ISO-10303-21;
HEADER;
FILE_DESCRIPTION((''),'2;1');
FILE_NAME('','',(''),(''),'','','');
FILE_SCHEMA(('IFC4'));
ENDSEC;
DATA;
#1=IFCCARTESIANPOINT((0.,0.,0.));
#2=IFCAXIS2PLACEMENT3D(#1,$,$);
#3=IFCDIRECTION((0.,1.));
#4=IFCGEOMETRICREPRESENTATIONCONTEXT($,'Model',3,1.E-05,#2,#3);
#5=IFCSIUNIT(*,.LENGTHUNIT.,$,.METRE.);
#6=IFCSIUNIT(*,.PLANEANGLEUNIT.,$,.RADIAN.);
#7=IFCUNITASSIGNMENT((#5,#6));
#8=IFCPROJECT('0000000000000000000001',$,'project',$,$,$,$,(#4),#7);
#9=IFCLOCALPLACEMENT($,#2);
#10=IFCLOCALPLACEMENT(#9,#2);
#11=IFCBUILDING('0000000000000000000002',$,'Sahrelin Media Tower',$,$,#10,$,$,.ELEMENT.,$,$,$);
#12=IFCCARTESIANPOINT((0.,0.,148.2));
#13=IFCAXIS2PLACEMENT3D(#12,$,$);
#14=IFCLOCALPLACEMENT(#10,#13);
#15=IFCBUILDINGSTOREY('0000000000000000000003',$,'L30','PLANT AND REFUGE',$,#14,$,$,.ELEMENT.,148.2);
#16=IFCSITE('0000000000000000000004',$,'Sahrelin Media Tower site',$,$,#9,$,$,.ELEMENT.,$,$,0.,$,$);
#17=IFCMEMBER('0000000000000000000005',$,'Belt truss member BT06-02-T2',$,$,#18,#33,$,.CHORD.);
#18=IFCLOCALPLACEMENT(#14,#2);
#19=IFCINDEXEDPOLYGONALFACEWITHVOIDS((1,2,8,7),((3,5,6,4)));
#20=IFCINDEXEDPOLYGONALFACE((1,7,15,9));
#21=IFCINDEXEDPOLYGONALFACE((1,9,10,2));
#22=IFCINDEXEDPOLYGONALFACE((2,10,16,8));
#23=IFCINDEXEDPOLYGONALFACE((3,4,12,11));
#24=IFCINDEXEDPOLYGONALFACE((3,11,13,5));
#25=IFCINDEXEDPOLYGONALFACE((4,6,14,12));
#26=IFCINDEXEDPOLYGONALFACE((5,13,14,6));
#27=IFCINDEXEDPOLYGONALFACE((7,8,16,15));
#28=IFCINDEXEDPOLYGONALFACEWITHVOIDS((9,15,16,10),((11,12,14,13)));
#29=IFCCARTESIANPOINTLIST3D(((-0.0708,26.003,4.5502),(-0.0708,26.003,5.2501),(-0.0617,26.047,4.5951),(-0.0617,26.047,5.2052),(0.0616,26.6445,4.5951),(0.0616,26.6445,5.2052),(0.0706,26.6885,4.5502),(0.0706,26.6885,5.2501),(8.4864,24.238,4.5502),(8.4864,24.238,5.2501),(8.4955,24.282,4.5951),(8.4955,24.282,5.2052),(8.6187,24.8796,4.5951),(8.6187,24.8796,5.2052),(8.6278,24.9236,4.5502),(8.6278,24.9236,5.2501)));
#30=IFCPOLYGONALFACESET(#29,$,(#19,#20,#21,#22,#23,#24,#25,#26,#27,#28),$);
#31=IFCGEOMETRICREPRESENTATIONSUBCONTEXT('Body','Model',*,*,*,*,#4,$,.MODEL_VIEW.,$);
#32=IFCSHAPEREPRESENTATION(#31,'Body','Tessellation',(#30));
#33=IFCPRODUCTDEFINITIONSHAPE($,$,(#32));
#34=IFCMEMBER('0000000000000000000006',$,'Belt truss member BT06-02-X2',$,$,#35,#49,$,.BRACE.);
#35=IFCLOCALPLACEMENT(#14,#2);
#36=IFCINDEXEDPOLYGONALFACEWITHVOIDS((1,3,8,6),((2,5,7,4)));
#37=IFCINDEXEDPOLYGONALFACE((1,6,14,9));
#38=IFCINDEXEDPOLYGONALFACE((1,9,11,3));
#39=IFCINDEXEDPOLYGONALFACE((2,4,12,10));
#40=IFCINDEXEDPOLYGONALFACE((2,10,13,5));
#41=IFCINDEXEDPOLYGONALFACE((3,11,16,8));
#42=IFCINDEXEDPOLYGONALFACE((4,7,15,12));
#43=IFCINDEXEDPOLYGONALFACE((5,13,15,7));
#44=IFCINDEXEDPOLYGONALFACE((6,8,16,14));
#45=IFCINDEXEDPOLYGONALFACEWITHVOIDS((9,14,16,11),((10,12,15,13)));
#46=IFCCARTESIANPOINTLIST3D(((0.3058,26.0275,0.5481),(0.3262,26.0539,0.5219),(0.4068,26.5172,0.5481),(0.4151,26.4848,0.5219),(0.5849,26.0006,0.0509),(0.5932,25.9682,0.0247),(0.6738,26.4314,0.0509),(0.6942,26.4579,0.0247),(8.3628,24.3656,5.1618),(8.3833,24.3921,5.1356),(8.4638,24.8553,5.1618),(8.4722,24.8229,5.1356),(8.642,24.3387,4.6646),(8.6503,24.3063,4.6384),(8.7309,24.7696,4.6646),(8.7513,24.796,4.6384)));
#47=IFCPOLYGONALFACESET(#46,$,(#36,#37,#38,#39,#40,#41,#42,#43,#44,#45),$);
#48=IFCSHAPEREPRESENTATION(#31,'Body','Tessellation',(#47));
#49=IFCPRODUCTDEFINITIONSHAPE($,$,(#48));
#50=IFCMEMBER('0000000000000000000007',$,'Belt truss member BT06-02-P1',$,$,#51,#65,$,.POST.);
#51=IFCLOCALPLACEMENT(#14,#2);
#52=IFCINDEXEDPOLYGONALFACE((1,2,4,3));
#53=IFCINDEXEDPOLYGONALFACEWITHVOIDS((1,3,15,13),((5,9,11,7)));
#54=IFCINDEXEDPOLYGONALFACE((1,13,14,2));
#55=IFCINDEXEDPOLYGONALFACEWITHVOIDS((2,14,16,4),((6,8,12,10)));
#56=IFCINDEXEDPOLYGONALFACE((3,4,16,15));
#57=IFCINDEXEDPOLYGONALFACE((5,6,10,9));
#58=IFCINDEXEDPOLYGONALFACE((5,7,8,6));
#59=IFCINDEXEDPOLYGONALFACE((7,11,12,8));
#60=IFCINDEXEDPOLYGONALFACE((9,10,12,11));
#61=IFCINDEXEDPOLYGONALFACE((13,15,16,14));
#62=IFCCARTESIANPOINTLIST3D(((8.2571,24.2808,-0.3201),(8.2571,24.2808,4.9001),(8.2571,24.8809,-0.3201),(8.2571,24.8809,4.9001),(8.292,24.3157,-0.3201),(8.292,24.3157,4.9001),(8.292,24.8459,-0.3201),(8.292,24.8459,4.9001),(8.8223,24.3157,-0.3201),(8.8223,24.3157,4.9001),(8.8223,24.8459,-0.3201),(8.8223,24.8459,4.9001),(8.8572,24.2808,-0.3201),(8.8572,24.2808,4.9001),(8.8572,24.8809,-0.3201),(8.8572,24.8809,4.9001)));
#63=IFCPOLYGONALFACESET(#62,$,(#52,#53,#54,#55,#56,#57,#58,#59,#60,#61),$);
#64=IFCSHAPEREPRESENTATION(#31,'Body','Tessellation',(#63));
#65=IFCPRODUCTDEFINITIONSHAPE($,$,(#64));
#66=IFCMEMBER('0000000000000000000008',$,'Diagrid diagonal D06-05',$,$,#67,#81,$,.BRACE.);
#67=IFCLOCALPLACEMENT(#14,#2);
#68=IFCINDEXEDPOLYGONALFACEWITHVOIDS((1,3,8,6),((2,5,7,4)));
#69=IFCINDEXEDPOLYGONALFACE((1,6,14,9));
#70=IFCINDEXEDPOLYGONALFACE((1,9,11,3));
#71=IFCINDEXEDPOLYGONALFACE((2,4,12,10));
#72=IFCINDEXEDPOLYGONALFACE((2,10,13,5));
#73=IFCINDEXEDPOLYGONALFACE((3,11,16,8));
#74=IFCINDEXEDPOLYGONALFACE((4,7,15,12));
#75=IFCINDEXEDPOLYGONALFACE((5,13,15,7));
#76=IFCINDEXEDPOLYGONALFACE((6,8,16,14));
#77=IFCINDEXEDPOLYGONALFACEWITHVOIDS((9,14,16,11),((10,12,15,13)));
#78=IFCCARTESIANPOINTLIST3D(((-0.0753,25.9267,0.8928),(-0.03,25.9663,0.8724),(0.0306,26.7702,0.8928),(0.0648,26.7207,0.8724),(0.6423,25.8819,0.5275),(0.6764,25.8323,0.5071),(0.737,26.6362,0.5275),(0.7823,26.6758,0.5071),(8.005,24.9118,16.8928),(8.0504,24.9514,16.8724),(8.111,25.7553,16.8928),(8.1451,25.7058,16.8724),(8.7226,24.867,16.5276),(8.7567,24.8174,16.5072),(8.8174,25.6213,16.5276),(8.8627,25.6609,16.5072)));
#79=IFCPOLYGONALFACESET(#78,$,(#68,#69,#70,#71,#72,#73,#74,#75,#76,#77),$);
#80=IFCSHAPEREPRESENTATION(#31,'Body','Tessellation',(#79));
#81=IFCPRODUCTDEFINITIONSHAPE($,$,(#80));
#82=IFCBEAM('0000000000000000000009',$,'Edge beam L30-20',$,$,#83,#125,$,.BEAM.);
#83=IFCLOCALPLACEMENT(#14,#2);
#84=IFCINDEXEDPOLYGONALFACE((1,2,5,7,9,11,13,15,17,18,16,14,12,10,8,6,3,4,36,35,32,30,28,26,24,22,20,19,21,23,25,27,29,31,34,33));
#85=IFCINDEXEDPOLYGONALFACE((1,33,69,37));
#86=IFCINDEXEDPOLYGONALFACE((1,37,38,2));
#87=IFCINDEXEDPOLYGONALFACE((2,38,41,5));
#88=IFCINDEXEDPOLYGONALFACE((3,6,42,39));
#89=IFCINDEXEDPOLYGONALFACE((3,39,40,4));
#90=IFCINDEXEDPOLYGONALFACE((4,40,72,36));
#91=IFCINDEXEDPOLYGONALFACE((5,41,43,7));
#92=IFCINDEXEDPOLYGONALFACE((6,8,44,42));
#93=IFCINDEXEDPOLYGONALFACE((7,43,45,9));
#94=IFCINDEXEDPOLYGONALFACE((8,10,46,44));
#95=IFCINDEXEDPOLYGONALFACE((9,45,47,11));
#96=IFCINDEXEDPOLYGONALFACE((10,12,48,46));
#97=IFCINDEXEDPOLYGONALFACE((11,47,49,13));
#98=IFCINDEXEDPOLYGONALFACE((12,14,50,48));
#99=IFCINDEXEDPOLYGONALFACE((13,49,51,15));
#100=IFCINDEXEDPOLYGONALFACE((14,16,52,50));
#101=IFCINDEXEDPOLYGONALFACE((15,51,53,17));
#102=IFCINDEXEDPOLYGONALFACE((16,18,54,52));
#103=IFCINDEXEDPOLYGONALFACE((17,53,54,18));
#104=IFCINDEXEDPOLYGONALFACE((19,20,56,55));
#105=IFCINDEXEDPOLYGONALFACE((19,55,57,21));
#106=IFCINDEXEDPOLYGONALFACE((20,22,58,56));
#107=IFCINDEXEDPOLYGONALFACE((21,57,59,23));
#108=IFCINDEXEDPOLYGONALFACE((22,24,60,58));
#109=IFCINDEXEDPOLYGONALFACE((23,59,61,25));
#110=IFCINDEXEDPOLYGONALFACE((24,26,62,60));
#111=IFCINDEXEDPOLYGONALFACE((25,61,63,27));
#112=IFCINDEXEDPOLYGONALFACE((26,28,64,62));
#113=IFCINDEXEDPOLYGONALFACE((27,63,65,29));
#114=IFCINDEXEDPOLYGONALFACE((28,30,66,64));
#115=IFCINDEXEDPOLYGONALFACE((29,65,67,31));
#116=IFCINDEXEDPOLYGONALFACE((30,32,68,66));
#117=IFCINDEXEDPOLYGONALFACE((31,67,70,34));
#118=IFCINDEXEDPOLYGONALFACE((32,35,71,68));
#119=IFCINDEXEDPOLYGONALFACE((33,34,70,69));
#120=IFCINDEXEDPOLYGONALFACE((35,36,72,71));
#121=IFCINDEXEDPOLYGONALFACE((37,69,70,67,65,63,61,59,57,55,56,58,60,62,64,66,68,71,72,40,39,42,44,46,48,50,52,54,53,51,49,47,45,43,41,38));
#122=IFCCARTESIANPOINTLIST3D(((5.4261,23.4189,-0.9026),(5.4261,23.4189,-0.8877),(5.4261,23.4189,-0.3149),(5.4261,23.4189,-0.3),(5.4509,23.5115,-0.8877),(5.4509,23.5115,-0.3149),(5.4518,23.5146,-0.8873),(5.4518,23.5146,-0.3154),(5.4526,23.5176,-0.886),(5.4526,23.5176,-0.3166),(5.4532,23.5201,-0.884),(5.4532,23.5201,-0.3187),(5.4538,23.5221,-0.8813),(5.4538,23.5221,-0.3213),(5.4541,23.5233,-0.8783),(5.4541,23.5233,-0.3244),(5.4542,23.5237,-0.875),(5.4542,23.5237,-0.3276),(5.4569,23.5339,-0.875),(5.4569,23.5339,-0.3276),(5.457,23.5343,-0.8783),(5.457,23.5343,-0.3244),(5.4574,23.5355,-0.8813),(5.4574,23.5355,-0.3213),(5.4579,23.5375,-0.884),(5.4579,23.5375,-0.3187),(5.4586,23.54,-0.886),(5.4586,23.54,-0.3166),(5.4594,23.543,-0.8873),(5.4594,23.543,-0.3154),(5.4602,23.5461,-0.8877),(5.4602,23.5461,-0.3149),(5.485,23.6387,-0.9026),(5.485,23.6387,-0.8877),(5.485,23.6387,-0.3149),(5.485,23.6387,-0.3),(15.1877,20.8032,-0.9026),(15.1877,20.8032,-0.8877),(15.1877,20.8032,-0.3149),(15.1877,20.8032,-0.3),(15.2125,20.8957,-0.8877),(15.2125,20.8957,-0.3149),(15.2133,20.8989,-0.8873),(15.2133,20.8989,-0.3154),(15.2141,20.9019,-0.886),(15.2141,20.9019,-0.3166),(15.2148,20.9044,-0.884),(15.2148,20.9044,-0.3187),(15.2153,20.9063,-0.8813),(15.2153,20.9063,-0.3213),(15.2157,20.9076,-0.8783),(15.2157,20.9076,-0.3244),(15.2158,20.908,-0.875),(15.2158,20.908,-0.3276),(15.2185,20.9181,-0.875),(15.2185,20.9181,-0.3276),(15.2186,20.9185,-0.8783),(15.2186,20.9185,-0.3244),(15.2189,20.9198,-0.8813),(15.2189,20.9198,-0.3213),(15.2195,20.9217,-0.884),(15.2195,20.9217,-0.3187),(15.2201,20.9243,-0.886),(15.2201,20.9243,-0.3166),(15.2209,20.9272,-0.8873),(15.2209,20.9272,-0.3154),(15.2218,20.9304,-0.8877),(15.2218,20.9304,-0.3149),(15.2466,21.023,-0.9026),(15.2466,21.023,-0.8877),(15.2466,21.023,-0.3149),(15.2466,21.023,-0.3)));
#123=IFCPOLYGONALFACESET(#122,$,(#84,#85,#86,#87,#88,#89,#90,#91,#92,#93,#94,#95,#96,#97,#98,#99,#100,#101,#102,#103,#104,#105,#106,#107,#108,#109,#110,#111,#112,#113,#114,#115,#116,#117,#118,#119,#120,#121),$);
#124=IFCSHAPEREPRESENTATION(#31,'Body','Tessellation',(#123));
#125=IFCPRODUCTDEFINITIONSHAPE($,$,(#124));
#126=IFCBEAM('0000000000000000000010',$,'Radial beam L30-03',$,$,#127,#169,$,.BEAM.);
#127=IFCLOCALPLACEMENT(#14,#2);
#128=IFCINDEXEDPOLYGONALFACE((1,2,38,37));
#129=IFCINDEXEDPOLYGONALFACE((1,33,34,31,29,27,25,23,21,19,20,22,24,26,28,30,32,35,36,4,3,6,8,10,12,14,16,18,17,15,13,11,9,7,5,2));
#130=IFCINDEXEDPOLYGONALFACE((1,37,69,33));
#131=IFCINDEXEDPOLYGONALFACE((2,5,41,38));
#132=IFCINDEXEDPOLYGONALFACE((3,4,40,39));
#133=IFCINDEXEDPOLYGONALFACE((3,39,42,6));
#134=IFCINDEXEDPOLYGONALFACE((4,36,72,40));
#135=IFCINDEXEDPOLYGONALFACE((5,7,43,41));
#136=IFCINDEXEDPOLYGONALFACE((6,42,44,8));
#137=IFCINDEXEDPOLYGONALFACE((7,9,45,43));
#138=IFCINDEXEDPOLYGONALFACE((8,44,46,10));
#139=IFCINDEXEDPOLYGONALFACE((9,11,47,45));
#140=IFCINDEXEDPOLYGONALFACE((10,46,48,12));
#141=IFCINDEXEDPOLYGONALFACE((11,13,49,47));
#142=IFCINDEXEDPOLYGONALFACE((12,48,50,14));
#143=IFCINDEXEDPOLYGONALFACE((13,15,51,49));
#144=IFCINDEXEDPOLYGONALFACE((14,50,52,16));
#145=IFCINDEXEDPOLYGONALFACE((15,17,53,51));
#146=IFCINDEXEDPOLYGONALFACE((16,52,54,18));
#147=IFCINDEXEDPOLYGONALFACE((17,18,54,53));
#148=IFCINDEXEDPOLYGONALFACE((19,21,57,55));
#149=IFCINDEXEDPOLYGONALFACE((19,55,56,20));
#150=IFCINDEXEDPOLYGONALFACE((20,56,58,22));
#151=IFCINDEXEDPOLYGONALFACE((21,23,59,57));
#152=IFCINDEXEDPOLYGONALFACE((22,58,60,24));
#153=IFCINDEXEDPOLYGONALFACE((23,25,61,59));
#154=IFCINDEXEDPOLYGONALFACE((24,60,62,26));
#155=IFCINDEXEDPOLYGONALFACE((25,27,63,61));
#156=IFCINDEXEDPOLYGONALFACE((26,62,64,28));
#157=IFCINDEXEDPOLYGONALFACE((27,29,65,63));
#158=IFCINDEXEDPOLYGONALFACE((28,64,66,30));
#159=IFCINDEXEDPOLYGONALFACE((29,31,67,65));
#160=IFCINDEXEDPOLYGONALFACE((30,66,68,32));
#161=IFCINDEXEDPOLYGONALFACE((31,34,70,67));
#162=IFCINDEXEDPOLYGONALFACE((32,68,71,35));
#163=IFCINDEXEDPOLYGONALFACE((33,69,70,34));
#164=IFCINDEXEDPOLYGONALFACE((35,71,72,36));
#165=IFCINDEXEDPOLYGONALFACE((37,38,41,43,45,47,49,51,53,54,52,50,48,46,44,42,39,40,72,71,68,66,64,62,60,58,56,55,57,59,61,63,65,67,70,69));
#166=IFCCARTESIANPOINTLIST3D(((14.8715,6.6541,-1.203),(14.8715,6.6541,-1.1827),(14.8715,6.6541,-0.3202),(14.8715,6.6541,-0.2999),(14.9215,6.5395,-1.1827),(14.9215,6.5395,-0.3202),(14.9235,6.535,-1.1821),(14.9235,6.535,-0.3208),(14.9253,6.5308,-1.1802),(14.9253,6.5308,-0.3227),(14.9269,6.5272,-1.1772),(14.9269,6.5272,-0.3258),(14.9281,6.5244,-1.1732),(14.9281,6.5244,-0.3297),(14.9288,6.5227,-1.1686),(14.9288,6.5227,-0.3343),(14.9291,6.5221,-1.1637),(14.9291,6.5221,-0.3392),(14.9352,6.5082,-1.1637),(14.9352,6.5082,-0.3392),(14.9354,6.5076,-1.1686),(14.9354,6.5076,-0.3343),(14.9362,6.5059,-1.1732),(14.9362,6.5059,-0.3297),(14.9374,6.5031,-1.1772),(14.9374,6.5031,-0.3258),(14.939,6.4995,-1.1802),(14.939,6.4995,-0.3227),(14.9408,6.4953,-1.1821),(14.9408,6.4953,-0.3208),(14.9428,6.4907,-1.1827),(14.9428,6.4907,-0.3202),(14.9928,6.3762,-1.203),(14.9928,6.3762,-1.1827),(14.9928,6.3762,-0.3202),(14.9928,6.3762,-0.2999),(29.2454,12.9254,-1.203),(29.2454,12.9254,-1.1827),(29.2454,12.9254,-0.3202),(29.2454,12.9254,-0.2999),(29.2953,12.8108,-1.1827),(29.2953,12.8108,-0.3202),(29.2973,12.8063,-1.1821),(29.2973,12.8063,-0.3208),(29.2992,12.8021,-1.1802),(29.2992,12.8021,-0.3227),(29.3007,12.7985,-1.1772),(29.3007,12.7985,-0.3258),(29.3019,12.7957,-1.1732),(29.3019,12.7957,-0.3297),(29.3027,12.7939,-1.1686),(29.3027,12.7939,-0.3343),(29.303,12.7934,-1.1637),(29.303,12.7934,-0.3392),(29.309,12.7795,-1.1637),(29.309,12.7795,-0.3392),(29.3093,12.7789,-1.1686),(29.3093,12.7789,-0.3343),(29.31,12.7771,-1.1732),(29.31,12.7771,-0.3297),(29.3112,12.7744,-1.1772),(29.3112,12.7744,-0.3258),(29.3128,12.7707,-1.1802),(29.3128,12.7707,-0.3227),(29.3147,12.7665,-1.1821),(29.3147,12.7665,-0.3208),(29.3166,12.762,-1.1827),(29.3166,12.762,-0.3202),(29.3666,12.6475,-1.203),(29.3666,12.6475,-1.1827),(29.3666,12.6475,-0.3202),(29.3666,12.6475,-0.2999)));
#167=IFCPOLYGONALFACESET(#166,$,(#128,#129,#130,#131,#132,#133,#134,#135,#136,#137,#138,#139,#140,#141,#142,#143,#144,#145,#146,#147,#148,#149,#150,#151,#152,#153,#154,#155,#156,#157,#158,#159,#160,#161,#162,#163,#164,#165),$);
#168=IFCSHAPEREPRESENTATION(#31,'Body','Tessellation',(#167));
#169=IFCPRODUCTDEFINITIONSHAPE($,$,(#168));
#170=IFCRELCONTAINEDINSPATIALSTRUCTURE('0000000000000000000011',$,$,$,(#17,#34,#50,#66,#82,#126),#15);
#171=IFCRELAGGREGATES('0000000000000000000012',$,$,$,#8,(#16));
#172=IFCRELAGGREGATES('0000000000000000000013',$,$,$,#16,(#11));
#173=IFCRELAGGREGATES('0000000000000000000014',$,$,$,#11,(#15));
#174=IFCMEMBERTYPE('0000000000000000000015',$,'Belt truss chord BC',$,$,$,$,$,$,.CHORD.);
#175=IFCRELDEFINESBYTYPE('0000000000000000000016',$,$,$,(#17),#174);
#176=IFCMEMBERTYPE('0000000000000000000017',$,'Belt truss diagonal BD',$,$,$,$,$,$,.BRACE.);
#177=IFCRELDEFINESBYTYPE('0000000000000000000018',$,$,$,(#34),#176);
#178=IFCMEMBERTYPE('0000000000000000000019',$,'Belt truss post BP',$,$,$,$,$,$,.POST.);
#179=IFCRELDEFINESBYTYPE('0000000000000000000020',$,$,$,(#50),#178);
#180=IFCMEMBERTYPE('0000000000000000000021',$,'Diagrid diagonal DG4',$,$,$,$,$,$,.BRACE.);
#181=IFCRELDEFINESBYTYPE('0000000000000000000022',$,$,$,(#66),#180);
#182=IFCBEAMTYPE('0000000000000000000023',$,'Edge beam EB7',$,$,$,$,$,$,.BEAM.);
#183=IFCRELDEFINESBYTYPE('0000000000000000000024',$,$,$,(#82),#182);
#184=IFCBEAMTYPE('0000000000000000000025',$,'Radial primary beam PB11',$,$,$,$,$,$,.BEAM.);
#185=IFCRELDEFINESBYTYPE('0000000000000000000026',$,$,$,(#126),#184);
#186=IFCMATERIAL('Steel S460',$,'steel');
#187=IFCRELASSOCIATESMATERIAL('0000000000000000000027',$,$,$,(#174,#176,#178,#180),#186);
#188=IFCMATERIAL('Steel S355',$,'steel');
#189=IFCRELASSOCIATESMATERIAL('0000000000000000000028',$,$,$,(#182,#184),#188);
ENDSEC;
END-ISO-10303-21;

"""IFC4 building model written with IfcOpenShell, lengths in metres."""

from ifc_helpers import new_model, si_unit, direction, frame, origin, origin_2d, place, context, subcontext, project, spatial, hollow_rectangle, i_section, extrude, material, material_profile, profile_set, type_object, element, save


model = new_model("IFC4")

# Units and contexts
model_context = context("Model", 3, precision=1e-05, world=origin(), true_north=direction((0.0, 1.0)))
body_context = subcontext(model_context, "Body", "Model", "MODEL_VIEW")
ifc_project = project(units=[si_unit("LENGTHUNIT", "METRE"), si_unit("PLANEANGLEUNIT", "RADIAN")], contexts=[model_context])

# Site, building, storey
site_placement = place(None, origin())
site = spatial("IfcSite", under=ifc_project, at=site_placement, Name="Sahrelin Media Tower site", CompositionType="ELEMENT", RefElevation=0.0)
building_placement = place(site_placement, origin())
building = spatial("IfcBuilding", under=site, at=building_placement, Name="Sahrelin Media Tower", CompositionType="ELEMENT")
storey_placement = place(building_placement, frame((0.0, 0.0, 148.2)))
storey = spatial("IfcBuildingStorey", under=building, at=storey_placement, Name="L30", Description="PLANT AND REFUGE", CompositionType="ELEMENT", Elevation=148.2)

# Members
ifc_material_1 = material(Name="Steel S460", Category="steel")
ifc_material_profile_1 = material_profile(ifc_material_1, hollow_rectangle(XDim=0.7, YDim=0.7, WallThickness=0.0449, at=origin_2d()), Name="Belt truss chord BC")
ifc_profile_set_1 = profile_set([ifc_material_profile_1], Name="Steel S460")
member_type_1 = type_object("IfcMemberType", Name="Belt truss chord BC", PredefinedType="CHORD", material=ifc_profile_set_1)
member_1_placement = place(storey_placement, frame((8.5571, 24.5808, 4.9001), z_axis=(-0.979386, 0.201997, 0.0), x_axis=(-0.201997, -0.979386, 0.0)))
element("IfcMember", 1, at=member_1_placement, inside=storey, type_object=member_type_1, Name="Belt truss member BT06-02-T2", PredefinedType="CHORD", context=body_context, shape_type="SweptSolid", body=[
    extrude(hollow_rectangle(XDim=0.7, YDim=0.7, WallThickness=0.0449, at=origin_2d()), origin(), (0.0, 0.0, 1.0), 8.7373),
])
ifc_material_profile_2 = material_profile(ifc_material_1, hollow_rectangle(XDim=0.5, YDim=0.6001, WallThickness=0.03, at=origin_2d()), Name="Belt truss diagonal BD")
ifc_profile_set_2 = profile_set([ifc_material_profile_2], Name="Steel S460")
member_type_2 = type_object("IfcMemberType", Name="Belt truss diagonal BD", PredefinedType="BRACE", material=ifc_profile_set_2)
member_2_placement = place(storey_placement, frame((0.5, 26.2427, 0.2864), z_axis=(0.854217, -0.176191, 0.489152), x_axis=(0.202008, 0.979384, 0.0)))
element("IfcMember", 2, at=member_2_placement, inside=storey, type_object=member_type_2, Name="Belt truss member BT06-02-X2", PredefinedType="BRACE", context=body_context, shape_type="SweptSolid", body=[
    extrude(hollow_rectangle(XDim=0.5, YDim=0.6001, WallThickness=0.03, at=origin_2d()), origin(), (0.0, 0.0, 1.0), 9.4321),
])
ifc_material_profile_3 = material_profile(ifc_material_1, hollow_rectangle(XDim=0.6001, YDim=0.6001, WallThickness=0.0349, at=origin_2d()), Name="Belt truss post BP")
ifc_profile_set_3 = profile_set([ifc_material_profile_3], Name="Steel S460")
member_type_3 = type_object("IfcMemberType", Name="Belt truss post BP", PredefinedType="POST", material=ifc_profile_set_3)
member_3_placement = place(storey_placement, frame((8.5571, 24.5808, -0.3201), z_axis=(0.0, 0.0, 1.0), x_axis=(1.0, 0.0, 0.0)))
element("IfcMember", 3, at=member_3_placement, inside=storey, type_object=member_type_3, Name="Belt truss member BT06-02-P1", PredefinedType="POST", context=body_context, shape_type="SweptSolid", body=[
    extrude(hollow_rectangle(XDim=0.6001, YDim=0.6001, WallThickness=0.0349, at=origin_2d()), origin(), (0.0, 0.0, 1.0), 5.2202),
])
ifc_material_profile_4 = material_profile(ifc_material_1, hollow_rectangle(XDim=0.8501, YDim=0.8501, WallThickness=0.0449, at=origin_2d()), Name="Diagrid diagonal DG4")
ifc_profile_set_4 = profile_set([ifc_material_profile_4], Name="Steel S460")
member_type_4 = type_object("IfcMemberType", Name="Diagrid diagonal DG4", PredefinedType="BRACE", material=ifc_profile_set_4)
member_4_placement = place(storey_placement, frame((0.3535, 26.3013, 0.7), z_axis=(0.450074, -0.05653, 0.8912), x_axis=(0.124621, 0.992204, 0.0)))
element("IfcMember", 4, at=member_4_placement, inside=storey, type_object=member_type_4, Name="Diagrid diagonal D06-05", PredefinedType="BRACE", context=body_context, shape_type="SweptSolid", body=[
    extrude(hollow_rectangle(XDim=0.8501, YDim=0.8501, WallThickness=0.0449, at=origin_2d()), origin(), (0.0, 0.0, 1.0), 17.9534),
])

# Beams
ifc_material_2 = material(Name="Steel S355", Category="steel")
ifc_material_profile_5 = material_profile(ifc_material_2, i_section(OverallWidth=0.2275, OverallDepth=0.6025, WebThickness=0.0105, FlangeThickness=0.0149, FilletRadius=0.0127, at=origin_2d()), Name="UB 610x229x101")
ifc_profile_set_5 = profile_set([ifc_material_profile_5], Name="Steel S355")
beam_type_1 = type_object("IfcBeamType", Name="Edge beam EB7", PredefinedType="BEAM", material=ifc_profile_set_5)
beam_1_placement = place(storey_placement, frame((5.4556, 23.5288, -0.6013), z_axis=(0.965922, -0.258832, 0.0), x_axis=(0.258832, 0.965922, 0.0)))
element("IfcBeam", 5, at=beam_1_placement, inside=storey, type_object=beam_type_1, Name="Edge beam L30-20", PredefinedType="BEAM", context=body_context, shape_type="SweptSolid", body=[
    extrude(i_section(OverallWidth=0.2275, OverallDepth=0.6025, WebThickness=0.0105, FlangeThickness=0.0149, FilletRadius=0.0127, at=origin_2d()), origin(), (0.0, 0.0, 1.0), 10.106),
])
ifc_material_profile_6 = material_profile(ifc_material_2, i_section(OverallWidth=0.3032, OverallDepth=0.9031, WebThickness=0.0151, FlangeThickness=0.0203, FilletRadius=0.019, at=origin_2d()), Name="UB 914x305x201")
ifc_profile_set_6 = profile_set([ifc_material_profile_6], Name="Steel S355")
beam_type_2 = type_object("IfcBeamType", Name="Radial primary beam PB11", PredefinedType="BEAM", material=ifc_profile_set_6)
beam_2_placement = place(storey_placement, frame((14.9321, 6.5151, -0.7515), z_axis=(0.916562, 0.399893, 0.0), x_axis=(-0.399893, 0.916562, 0.0)))
element("IfcBeam", 6, at=beam_2_placement, inside=storey, type_object=beam_type_2, Name="Radial beam L30-03", PredefinedType="BEAM", context=body_context, shape_type="SweptSolid", body=[
    extrude(i_section(OverallWidth=0.3032, OverallDepth=0.9031, WebThickness=0.0151, FlangeThickness=0.0203, FilletRadius=0.019, at=origin_2d()), origin(), (0.0, 0.0, 1.0), 15.6824),
])

save(model, "model.ifc")
